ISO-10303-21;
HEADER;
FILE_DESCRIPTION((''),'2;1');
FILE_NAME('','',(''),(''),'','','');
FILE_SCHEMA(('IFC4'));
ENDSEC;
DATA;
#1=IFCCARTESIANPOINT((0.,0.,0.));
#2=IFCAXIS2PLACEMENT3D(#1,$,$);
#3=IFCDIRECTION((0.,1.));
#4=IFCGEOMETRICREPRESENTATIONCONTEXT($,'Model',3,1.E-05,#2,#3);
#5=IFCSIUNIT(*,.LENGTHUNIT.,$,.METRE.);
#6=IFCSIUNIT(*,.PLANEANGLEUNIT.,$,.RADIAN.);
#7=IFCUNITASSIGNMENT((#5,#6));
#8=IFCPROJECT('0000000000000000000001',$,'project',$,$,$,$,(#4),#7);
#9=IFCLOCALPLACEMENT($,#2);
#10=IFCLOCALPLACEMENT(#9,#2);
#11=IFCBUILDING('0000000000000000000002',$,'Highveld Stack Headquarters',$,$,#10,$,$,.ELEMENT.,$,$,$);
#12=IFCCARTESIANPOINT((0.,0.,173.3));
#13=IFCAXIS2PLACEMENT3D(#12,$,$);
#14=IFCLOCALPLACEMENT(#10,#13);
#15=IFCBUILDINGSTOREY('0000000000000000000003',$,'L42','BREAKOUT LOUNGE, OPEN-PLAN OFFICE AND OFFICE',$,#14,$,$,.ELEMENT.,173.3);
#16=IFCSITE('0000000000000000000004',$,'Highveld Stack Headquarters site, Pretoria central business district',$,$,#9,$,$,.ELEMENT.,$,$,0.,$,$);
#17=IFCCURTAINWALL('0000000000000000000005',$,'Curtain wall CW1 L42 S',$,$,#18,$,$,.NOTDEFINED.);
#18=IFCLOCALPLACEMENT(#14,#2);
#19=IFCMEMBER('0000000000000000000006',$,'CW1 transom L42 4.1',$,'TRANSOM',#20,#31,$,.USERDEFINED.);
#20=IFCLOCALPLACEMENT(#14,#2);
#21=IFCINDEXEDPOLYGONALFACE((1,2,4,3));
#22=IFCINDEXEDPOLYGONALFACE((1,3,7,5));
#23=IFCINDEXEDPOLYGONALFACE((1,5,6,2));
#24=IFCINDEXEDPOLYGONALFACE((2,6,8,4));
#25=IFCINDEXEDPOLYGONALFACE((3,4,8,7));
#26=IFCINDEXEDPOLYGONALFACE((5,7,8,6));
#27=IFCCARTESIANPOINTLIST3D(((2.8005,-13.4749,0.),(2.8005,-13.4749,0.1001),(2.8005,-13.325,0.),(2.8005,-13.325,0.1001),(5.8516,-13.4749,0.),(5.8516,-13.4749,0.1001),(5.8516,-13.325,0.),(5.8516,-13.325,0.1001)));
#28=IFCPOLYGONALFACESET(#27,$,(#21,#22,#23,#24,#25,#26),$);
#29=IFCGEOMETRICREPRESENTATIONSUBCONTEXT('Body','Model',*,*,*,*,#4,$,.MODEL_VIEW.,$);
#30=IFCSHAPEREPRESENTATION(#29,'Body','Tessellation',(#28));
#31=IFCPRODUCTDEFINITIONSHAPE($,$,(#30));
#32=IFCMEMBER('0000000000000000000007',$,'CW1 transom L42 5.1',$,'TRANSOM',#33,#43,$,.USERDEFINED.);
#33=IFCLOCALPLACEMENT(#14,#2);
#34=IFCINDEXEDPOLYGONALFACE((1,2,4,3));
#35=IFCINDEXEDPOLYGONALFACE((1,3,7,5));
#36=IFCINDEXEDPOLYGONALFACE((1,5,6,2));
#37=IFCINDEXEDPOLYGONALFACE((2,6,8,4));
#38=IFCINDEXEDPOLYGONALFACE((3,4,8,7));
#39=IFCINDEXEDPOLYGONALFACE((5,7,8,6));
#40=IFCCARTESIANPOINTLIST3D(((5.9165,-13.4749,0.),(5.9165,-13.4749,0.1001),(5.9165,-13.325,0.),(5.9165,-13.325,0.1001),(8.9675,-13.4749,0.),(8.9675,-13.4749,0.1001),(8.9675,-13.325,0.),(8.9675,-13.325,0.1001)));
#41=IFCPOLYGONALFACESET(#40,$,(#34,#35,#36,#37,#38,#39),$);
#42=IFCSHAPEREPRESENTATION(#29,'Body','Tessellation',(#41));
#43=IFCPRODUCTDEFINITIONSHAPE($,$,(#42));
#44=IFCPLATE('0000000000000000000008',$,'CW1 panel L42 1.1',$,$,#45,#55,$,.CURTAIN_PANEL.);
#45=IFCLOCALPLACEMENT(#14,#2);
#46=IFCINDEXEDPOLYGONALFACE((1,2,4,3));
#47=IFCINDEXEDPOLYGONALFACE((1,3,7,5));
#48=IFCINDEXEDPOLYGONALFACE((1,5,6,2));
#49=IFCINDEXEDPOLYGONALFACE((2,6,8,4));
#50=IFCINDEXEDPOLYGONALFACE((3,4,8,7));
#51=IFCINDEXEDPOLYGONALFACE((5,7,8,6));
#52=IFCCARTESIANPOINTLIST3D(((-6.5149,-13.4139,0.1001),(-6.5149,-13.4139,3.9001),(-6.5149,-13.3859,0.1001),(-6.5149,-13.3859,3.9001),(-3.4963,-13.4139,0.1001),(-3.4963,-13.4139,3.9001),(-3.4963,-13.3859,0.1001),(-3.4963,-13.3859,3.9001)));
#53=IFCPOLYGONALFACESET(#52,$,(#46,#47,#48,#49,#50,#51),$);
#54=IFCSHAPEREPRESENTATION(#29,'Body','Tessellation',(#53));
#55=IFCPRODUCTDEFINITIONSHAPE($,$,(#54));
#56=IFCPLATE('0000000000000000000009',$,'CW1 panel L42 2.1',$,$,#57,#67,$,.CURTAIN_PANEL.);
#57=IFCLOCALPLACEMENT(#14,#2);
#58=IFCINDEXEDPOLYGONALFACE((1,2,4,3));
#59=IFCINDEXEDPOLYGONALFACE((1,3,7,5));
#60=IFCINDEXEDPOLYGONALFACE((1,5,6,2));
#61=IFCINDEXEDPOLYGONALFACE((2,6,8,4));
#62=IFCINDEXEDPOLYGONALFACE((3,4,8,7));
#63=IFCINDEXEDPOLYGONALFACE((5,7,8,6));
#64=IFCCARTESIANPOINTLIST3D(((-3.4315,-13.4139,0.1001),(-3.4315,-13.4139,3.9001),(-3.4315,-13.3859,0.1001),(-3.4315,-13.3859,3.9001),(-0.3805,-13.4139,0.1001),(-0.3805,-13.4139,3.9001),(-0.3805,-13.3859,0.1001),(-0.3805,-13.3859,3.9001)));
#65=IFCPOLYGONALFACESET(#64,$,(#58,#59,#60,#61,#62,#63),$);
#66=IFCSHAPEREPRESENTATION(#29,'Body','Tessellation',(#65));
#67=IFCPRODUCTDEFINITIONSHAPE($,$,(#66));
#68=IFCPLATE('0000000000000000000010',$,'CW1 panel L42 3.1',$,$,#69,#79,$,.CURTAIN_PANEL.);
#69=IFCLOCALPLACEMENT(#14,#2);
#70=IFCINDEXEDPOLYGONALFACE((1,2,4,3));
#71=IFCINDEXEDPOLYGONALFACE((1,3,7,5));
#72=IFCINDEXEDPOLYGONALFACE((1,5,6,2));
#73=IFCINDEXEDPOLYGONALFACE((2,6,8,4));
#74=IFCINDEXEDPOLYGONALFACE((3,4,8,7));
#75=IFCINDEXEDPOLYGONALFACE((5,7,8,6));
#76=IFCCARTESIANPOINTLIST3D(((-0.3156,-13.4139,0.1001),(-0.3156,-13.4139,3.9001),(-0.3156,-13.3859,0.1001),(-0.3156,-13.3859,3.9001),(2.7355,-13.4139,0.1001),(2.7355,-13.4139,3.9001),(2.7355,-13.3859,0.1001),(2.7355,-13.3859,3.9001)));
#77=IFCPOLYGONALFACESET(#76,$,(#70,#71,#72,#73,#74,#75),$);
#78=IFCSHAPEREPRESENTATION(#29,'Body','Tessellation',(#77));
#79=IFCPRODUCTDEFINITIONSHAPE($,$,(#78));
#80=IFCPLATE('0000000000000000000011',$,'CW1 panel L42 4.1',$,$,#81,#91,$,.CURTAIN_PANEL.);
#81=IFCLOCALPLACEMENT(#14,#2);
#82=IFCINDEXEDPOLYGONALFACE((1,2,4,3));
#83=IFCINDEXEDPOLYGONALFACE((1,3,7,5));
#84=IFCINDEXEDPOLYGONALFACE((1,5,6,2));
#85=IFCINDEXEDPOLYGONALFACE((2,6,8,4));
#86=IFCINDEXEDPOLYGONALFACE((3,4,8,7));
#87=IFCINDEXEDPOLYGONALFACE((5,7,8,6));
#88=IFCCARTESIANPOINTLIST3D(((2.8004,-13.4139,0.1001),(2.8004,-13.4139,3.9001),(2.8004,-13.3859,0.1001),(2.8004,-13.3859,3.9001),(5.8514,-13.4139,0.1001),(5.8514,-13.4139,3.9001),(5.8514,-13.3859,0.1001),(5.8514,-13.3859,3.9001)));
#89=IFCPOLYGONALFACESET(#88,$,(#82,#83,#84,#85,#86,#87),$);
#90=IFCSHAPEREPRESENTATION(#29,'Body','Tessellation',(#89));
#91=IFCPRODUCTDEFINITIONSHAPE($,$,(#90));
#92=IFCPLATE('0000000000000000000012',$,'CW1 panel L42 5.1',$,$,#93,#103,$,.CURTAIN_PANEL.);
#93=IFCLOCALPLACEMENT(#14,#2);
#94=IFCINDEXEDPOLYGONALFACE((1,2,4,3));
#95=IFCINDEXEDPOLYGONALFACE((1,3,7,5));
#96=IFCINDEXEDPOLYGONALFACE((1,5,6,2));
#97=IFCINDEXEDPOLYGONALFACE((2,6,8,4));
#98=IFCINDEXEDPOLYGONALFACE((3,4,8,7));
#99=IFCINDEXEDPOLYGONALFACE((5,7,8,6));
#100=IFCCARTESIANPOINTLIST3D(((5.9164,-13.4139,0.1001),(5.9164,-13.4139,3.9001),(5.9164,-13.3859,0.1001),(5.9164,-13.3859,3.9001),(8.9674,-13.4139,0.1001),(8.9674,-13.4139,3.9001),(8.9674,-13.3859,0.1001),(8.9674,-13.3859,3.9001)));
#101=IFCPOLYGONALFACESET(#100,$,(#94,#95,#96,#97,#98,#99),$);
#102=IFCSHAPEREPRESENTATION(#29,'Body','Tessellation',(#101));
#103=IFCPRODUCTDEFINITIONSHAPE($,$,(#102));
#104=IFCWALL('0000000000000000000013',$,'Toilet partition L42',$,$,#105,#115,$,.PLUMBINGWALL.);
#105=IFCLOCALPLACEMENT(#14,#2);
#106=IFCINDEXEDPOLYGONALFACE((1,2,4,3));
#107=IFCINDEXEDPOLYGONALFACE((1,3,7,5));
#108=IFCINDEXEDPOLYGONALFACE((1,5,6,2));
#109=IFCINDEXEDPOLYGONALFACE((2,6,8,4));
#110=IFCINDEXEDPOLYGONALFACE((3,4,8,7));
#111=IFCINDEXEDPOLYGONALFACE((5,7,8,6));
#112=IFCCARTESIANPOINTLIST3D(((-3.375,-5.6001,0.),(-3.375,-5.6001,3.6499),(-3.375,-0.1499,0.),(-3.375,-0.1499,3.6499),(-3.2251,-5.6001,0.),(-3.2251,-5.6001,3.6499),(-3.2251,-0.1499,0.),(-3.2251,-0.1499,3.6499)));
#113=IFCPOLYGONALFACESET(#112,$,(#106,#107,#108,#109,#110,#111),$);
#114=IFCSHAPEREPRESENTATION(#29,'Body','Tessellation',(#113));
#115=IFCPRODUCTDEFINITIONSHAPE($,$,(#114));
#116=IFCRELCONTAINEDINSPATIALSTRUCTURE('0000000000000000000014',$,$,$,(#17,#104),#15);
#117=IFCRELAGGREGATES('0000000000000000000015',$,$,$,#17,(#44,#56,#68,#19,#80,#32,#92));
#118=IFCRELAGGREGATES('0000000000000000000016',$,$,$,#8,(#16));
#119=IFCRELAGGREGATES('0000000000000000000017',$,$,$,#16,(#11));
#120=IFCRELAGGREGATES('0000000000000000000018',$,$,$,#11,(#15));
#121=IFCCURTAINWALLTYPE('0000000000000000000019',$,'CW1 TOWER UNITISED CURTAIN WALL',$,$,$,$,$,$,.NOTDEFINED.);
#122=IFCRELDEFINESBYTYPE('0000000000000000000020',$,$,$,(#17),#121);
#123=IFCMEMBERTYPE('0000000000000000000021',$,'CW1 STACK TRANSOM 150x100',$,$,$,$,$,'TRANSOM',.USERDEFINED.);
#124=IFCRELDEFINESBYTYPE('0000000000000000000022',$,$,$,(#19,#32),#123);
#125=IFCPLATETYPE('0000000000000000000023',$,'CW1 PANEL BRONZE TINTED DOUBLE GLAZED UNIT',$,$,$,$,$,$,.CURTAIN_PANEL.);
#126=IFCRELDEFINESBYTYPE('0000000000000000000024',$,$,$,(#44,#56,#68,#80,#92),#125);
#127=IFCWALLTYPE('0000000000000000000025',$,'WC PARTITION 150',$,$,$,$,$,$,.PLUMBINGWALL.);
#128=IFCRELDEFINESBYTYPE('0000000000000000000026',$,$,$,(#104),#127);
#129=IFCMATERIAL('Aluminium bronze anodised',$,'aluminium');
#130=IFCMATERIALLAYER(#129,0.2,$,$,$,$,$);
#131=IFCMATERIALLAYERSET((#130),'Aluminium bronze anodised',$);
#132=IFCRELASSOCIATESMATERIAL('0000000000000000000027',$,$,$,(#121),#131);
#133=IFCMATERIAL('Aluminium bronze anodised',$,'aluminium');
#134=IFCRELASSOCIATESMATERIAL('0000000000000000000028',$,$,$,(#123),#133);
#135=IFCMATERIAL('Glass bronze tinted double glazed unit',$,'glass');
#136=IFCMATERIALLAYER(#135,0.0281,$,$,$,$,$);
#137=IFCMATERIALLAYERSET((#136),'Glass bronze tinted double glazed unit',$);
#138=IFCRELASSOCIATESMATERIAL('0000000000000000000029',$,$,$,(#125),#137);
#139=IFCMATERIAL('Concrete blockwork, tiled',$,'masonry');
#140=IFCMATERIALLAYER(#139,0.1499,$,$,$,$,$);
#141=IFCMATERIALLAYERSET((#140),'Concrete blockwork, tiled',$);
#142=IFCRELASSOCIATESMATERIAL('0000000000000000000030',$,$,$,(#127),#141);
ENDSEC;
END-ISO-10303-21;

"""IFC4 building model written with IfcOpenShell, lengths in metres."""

from ifc_helpers import new_model, si_unit, direction, frame, frame_2d, origin, origin_2d, place, context, subcontext, project, spatial, rectangle, extrude, material, layer, layer_set, material_profile, profile_set, type_object, element, aggregate, save


model = new_model("IFC4")

# Units and contexts
model_context = context("Model", 3, precision=1e-05, world=origin(), true_north=direction((0.0, 1.0)))
body_context = subcontext(model_context, "Body", "Model", "MODEL_VIEW")
ifc_project = project(units=[si_unit("LENGTHUNIT", "METRE"), si_unit("PLANEANGLEUNIT", "RADIAN")], contexts=[model_context])

# Site, building, storey
site_placement = place(None, origin())
site = spatial("IfcSite", under=ifc_project, at=site_placement, Name="Highveld Stack Headquarters site, Pretoria central business district", CompositionType="ELEMENT", RefElevation=0.0)
building_placement = place(site_placement, origin())
building = spatial("IfcBuilding", under=site, at=building_placement, Name="Highveld Stack Headquarters", CompositionType="ELEMENT")
storey_placement = place(building_placement, frame((0.0, 0.0, 173.3)))
storey = spatial("IfcBuildingStorey", under=building, at=storey_placement, Name="L42", Description="BREAKOUT LOUNGE, OPEN-PLAN OFFICE AND OFFICE", CompositionType="ELEMENT", Elevation=173.3)

# Curtain wall, members, plates
ifc_material_1 = material(Name="Aluminium bronze anodised", Category="aluminium")
ifc_layer_1 = layer(ifc_material_1, 0.2)
ifc_layer_set_1 = layer_set([ifc_layer_1], Name="Aluminium bronze anodised")
curtain_wall_type = type_object("IfcCurtainWallType", Name="CW1 TOWER UNITISED CURTAIN WALL", PredefinedType="NOTDEFINED", material=ifc_layer_set_1)
curtain_wall_placement = place(storey_placement, origin())
curtain_wall = element("IfcCurtainWall", 1, at=curtain_wall_placement, inside=storey, type_object=curtain_wall_type, Name="Curtain wall CW1 L42 S", PredefinedType="NOTDEFINED")
ifc_material_2 = material(Name="Aluminium bronze anodised", Category="aluminium")
ifc_material_profile_1 = material_profile(ifc_material_2, rectangle(XDim=0.1499, YDim=0.1001, at=origin_2d()), Name="CW1 TRANSOM 150x100")
ifc_profile_set_1 = profile_set([ifc_material_profile_1], Name="Aluminium bronze anodised")
member_type_1 = type_object("IfcMemberType", Name="CW1 STACK TRANSOM 150x100", ElementType="TRANSOM", PredefinedType="USERDEFINED", material=ifc_profile_set_1)
member_1_placement = place(storey_placement, frame((2.8005, -13.3999, 0.05), z_axis=(1.0, 0.0, 0.0), x_axis=(0.0, 1.0, 0.0)))
member_1 = element("IfcMember", 2, at=member_1_placement, type_object=member_type_1, Name="CW1 transom L42 4.1", ObjectType="TRANSOM", PredefinedType="USERDEFINED", context=body_context, shape_type="SweptSolid", body=[
    extrude(rectangle(XDim=0.1499, YDim=0.1001, at=origin_2d()), origin(), (0.0, 0.0, 1.0), 3.051),
])
member_2_placement = place(storey_placement, frame((5.9165, -13.3999, 0.05), z_axis=(1.0, 0.0, 0.0), x_axis=(0.0, 1.0, 0.0)))
member_2 = element("IfcMember", 3, at=member_2_placement, type_object=member_type_1, Name="CW1 transom L42 5.1", ObjectType="TRANSOM", PredefinedType="USERDEFINED", context=body_context, shape_type="SweptSolid", body=[
    extrude(rectangle(XDim=0.1499, YDim=0.1001, at=origin_2d()), origin(), (0.0, 0.0, 1.0), 3.051),
])
ifc_material_3 = material(Name="Glass bronze tinted double glazed unit", Category="glass")
ifc_layer_2 = layer(ifc_material_3, 0.0281)
ifc_layer_set_2 = layer_set([ifc_layer_2], Name="Glass bronze tinted double glazed unit")
plate_type = type_object("IfcPlateType", Name="CW1 PANEL BRONZE TINTED DOUBLE GLAZED UNIT", PredefinedType="CURTAIN_PANEL", material=ifc_layer_set_2)
plate_1_placement = place(storey_placement, frame((-5.0056, -13.3999, 0.1001), z_axis=(0.0, 0.0, 1.0), x_axis=(1.0, 0.0, 0.0)))
plate_1 = element("IfcPlate", 4, at=plate_1_placement, type_object=plate_type, Name="CW1 panel L42 1.1", PredefinedType="CURTAIN_PANEL", context=body_context, shape_type="SweptSolid", body=[
    extrude(rectangle(XDim=3.0186, YDim=0.0281, at=origin_2d()), origin(), (0.0, 0.0, 1.0), 3.8),
])
plate_2_placement = place(storey_placement, frame((-1.906, -13.3999, 0.1001), z_axis=(0.0, 0.0, 1.0), x_axis=(1.0, 0.0, 0.0)))
plate_2 = element("IfcPlate", 5, at=plate_2_placement, type_object=plate_type, Name="CW1 panel L42 2.1", PredefinedType="CURTAIN_PANEL", context=body_context, shape_type="SweptSolid", body=[
    extrude(rectangle(XDim=3.051, YDim=0.0281, at=origin_2d()), origin(), (0.0, 0.0, 1.0), 3.8),
])
plate_3_placement = place(storey_placement, frame((1.21, -13.3999, 0.1001), z_axis=(0.0, 0.0, 1.0), x_axis=(1.0, 0.0, 0.0)))
plate_3 = element("IfcPlate", 6, at=plate_3_placement, type_object=plate_type, Name="CW1 panel L42 3.1", PredefinedType="CURTAIN_PANEL", context=body_context, shape_type="SweptSolid", body=[
    extrude(rectangle(XDim=3.051, YDim=0.0281, at=origin_2d()), origin(), (0.0, 0.0, 1.0), 3.8),
])
plate_4_placement = place(storey_placement, frame((4.3259, -13.3999, 0.1001), z_axis=(0.0, 0.0, 1.0), x_axis=(1.0, 0.0, 0.0)))
plate_4 = element("IfcPlate", 7, at=plate_4_placement, type_object=plate_type, Name="CW1 panel L42 4.1", PredefinedType="CURTAIN_PANEL", context=body_context, shape_type="SweptSolid", body=[
    extrude(rectangle(XDim=3.051, YDim=0.0281, at=origin_2d()), origin(), (0.0, 0.0, 1.0), 3.8),
])
plate_5_placement = place(storey_placement, frame((7.4419, -13.3999, 0.1001), z_axis=(0.0, 0.0, 1.0), x_axis=(1.0, 0.0, 0.0)))
plate_5 = element("IfcPlate", 8, at=plate_5_placement, type_object=plate_type, Name="CW1 panel L42 5.1", PredefinedType="CURTAIN_PANEL", context=body_context, shape_type="SweptSolid", body=[
    extrude(rectangle(XDim=3.051, YDim=0.0281, at=origin_2d()), origin(), (0.0, 0.0, 1.0), 3.8),
])
aggregate(curtain_wall, [plate_1, plate_2, plate_3, member_1, plate_4, member_2, plate_5])

# Wall
ifc_material_4 = material(Name="Concrete blockwork, tiled", Category="masonry")
ifc_layer_3 = layer(ifc_material_4, 0.1499)
ifc_layer_set_3 = layer_set([ifc_layer_3], Name="Concrete blockwork, tiled")
wall_type = type_object("IfcWallType", Name="WC PARTITION 150", PredefinedType="PLUMBINGWALL", material=ifc_layer_set_3)
wall_placement = place(storey_placement, frame((-3.3, -5.6001, 0.0), z_axis=(0.0, 0.0, 1.0), x_axis=(0.0, 1.0, 0.0)))
element("IfcWall", 9, at=wall_placement, inside=storey, type_object=wall_type, Name="Toilet partition L42", PredefinedType="PLUMBINGWALL", context=body_context, shape_type="SweptSolid", body=[
    extrude(rectangle(XDim=5.4502, YDim=0.1499, at=frame_2d((2.7251, 0.0))), origin(), (0.0, 0.0, 1.0), 3.6499),
])

save(model, "model.ifc")
